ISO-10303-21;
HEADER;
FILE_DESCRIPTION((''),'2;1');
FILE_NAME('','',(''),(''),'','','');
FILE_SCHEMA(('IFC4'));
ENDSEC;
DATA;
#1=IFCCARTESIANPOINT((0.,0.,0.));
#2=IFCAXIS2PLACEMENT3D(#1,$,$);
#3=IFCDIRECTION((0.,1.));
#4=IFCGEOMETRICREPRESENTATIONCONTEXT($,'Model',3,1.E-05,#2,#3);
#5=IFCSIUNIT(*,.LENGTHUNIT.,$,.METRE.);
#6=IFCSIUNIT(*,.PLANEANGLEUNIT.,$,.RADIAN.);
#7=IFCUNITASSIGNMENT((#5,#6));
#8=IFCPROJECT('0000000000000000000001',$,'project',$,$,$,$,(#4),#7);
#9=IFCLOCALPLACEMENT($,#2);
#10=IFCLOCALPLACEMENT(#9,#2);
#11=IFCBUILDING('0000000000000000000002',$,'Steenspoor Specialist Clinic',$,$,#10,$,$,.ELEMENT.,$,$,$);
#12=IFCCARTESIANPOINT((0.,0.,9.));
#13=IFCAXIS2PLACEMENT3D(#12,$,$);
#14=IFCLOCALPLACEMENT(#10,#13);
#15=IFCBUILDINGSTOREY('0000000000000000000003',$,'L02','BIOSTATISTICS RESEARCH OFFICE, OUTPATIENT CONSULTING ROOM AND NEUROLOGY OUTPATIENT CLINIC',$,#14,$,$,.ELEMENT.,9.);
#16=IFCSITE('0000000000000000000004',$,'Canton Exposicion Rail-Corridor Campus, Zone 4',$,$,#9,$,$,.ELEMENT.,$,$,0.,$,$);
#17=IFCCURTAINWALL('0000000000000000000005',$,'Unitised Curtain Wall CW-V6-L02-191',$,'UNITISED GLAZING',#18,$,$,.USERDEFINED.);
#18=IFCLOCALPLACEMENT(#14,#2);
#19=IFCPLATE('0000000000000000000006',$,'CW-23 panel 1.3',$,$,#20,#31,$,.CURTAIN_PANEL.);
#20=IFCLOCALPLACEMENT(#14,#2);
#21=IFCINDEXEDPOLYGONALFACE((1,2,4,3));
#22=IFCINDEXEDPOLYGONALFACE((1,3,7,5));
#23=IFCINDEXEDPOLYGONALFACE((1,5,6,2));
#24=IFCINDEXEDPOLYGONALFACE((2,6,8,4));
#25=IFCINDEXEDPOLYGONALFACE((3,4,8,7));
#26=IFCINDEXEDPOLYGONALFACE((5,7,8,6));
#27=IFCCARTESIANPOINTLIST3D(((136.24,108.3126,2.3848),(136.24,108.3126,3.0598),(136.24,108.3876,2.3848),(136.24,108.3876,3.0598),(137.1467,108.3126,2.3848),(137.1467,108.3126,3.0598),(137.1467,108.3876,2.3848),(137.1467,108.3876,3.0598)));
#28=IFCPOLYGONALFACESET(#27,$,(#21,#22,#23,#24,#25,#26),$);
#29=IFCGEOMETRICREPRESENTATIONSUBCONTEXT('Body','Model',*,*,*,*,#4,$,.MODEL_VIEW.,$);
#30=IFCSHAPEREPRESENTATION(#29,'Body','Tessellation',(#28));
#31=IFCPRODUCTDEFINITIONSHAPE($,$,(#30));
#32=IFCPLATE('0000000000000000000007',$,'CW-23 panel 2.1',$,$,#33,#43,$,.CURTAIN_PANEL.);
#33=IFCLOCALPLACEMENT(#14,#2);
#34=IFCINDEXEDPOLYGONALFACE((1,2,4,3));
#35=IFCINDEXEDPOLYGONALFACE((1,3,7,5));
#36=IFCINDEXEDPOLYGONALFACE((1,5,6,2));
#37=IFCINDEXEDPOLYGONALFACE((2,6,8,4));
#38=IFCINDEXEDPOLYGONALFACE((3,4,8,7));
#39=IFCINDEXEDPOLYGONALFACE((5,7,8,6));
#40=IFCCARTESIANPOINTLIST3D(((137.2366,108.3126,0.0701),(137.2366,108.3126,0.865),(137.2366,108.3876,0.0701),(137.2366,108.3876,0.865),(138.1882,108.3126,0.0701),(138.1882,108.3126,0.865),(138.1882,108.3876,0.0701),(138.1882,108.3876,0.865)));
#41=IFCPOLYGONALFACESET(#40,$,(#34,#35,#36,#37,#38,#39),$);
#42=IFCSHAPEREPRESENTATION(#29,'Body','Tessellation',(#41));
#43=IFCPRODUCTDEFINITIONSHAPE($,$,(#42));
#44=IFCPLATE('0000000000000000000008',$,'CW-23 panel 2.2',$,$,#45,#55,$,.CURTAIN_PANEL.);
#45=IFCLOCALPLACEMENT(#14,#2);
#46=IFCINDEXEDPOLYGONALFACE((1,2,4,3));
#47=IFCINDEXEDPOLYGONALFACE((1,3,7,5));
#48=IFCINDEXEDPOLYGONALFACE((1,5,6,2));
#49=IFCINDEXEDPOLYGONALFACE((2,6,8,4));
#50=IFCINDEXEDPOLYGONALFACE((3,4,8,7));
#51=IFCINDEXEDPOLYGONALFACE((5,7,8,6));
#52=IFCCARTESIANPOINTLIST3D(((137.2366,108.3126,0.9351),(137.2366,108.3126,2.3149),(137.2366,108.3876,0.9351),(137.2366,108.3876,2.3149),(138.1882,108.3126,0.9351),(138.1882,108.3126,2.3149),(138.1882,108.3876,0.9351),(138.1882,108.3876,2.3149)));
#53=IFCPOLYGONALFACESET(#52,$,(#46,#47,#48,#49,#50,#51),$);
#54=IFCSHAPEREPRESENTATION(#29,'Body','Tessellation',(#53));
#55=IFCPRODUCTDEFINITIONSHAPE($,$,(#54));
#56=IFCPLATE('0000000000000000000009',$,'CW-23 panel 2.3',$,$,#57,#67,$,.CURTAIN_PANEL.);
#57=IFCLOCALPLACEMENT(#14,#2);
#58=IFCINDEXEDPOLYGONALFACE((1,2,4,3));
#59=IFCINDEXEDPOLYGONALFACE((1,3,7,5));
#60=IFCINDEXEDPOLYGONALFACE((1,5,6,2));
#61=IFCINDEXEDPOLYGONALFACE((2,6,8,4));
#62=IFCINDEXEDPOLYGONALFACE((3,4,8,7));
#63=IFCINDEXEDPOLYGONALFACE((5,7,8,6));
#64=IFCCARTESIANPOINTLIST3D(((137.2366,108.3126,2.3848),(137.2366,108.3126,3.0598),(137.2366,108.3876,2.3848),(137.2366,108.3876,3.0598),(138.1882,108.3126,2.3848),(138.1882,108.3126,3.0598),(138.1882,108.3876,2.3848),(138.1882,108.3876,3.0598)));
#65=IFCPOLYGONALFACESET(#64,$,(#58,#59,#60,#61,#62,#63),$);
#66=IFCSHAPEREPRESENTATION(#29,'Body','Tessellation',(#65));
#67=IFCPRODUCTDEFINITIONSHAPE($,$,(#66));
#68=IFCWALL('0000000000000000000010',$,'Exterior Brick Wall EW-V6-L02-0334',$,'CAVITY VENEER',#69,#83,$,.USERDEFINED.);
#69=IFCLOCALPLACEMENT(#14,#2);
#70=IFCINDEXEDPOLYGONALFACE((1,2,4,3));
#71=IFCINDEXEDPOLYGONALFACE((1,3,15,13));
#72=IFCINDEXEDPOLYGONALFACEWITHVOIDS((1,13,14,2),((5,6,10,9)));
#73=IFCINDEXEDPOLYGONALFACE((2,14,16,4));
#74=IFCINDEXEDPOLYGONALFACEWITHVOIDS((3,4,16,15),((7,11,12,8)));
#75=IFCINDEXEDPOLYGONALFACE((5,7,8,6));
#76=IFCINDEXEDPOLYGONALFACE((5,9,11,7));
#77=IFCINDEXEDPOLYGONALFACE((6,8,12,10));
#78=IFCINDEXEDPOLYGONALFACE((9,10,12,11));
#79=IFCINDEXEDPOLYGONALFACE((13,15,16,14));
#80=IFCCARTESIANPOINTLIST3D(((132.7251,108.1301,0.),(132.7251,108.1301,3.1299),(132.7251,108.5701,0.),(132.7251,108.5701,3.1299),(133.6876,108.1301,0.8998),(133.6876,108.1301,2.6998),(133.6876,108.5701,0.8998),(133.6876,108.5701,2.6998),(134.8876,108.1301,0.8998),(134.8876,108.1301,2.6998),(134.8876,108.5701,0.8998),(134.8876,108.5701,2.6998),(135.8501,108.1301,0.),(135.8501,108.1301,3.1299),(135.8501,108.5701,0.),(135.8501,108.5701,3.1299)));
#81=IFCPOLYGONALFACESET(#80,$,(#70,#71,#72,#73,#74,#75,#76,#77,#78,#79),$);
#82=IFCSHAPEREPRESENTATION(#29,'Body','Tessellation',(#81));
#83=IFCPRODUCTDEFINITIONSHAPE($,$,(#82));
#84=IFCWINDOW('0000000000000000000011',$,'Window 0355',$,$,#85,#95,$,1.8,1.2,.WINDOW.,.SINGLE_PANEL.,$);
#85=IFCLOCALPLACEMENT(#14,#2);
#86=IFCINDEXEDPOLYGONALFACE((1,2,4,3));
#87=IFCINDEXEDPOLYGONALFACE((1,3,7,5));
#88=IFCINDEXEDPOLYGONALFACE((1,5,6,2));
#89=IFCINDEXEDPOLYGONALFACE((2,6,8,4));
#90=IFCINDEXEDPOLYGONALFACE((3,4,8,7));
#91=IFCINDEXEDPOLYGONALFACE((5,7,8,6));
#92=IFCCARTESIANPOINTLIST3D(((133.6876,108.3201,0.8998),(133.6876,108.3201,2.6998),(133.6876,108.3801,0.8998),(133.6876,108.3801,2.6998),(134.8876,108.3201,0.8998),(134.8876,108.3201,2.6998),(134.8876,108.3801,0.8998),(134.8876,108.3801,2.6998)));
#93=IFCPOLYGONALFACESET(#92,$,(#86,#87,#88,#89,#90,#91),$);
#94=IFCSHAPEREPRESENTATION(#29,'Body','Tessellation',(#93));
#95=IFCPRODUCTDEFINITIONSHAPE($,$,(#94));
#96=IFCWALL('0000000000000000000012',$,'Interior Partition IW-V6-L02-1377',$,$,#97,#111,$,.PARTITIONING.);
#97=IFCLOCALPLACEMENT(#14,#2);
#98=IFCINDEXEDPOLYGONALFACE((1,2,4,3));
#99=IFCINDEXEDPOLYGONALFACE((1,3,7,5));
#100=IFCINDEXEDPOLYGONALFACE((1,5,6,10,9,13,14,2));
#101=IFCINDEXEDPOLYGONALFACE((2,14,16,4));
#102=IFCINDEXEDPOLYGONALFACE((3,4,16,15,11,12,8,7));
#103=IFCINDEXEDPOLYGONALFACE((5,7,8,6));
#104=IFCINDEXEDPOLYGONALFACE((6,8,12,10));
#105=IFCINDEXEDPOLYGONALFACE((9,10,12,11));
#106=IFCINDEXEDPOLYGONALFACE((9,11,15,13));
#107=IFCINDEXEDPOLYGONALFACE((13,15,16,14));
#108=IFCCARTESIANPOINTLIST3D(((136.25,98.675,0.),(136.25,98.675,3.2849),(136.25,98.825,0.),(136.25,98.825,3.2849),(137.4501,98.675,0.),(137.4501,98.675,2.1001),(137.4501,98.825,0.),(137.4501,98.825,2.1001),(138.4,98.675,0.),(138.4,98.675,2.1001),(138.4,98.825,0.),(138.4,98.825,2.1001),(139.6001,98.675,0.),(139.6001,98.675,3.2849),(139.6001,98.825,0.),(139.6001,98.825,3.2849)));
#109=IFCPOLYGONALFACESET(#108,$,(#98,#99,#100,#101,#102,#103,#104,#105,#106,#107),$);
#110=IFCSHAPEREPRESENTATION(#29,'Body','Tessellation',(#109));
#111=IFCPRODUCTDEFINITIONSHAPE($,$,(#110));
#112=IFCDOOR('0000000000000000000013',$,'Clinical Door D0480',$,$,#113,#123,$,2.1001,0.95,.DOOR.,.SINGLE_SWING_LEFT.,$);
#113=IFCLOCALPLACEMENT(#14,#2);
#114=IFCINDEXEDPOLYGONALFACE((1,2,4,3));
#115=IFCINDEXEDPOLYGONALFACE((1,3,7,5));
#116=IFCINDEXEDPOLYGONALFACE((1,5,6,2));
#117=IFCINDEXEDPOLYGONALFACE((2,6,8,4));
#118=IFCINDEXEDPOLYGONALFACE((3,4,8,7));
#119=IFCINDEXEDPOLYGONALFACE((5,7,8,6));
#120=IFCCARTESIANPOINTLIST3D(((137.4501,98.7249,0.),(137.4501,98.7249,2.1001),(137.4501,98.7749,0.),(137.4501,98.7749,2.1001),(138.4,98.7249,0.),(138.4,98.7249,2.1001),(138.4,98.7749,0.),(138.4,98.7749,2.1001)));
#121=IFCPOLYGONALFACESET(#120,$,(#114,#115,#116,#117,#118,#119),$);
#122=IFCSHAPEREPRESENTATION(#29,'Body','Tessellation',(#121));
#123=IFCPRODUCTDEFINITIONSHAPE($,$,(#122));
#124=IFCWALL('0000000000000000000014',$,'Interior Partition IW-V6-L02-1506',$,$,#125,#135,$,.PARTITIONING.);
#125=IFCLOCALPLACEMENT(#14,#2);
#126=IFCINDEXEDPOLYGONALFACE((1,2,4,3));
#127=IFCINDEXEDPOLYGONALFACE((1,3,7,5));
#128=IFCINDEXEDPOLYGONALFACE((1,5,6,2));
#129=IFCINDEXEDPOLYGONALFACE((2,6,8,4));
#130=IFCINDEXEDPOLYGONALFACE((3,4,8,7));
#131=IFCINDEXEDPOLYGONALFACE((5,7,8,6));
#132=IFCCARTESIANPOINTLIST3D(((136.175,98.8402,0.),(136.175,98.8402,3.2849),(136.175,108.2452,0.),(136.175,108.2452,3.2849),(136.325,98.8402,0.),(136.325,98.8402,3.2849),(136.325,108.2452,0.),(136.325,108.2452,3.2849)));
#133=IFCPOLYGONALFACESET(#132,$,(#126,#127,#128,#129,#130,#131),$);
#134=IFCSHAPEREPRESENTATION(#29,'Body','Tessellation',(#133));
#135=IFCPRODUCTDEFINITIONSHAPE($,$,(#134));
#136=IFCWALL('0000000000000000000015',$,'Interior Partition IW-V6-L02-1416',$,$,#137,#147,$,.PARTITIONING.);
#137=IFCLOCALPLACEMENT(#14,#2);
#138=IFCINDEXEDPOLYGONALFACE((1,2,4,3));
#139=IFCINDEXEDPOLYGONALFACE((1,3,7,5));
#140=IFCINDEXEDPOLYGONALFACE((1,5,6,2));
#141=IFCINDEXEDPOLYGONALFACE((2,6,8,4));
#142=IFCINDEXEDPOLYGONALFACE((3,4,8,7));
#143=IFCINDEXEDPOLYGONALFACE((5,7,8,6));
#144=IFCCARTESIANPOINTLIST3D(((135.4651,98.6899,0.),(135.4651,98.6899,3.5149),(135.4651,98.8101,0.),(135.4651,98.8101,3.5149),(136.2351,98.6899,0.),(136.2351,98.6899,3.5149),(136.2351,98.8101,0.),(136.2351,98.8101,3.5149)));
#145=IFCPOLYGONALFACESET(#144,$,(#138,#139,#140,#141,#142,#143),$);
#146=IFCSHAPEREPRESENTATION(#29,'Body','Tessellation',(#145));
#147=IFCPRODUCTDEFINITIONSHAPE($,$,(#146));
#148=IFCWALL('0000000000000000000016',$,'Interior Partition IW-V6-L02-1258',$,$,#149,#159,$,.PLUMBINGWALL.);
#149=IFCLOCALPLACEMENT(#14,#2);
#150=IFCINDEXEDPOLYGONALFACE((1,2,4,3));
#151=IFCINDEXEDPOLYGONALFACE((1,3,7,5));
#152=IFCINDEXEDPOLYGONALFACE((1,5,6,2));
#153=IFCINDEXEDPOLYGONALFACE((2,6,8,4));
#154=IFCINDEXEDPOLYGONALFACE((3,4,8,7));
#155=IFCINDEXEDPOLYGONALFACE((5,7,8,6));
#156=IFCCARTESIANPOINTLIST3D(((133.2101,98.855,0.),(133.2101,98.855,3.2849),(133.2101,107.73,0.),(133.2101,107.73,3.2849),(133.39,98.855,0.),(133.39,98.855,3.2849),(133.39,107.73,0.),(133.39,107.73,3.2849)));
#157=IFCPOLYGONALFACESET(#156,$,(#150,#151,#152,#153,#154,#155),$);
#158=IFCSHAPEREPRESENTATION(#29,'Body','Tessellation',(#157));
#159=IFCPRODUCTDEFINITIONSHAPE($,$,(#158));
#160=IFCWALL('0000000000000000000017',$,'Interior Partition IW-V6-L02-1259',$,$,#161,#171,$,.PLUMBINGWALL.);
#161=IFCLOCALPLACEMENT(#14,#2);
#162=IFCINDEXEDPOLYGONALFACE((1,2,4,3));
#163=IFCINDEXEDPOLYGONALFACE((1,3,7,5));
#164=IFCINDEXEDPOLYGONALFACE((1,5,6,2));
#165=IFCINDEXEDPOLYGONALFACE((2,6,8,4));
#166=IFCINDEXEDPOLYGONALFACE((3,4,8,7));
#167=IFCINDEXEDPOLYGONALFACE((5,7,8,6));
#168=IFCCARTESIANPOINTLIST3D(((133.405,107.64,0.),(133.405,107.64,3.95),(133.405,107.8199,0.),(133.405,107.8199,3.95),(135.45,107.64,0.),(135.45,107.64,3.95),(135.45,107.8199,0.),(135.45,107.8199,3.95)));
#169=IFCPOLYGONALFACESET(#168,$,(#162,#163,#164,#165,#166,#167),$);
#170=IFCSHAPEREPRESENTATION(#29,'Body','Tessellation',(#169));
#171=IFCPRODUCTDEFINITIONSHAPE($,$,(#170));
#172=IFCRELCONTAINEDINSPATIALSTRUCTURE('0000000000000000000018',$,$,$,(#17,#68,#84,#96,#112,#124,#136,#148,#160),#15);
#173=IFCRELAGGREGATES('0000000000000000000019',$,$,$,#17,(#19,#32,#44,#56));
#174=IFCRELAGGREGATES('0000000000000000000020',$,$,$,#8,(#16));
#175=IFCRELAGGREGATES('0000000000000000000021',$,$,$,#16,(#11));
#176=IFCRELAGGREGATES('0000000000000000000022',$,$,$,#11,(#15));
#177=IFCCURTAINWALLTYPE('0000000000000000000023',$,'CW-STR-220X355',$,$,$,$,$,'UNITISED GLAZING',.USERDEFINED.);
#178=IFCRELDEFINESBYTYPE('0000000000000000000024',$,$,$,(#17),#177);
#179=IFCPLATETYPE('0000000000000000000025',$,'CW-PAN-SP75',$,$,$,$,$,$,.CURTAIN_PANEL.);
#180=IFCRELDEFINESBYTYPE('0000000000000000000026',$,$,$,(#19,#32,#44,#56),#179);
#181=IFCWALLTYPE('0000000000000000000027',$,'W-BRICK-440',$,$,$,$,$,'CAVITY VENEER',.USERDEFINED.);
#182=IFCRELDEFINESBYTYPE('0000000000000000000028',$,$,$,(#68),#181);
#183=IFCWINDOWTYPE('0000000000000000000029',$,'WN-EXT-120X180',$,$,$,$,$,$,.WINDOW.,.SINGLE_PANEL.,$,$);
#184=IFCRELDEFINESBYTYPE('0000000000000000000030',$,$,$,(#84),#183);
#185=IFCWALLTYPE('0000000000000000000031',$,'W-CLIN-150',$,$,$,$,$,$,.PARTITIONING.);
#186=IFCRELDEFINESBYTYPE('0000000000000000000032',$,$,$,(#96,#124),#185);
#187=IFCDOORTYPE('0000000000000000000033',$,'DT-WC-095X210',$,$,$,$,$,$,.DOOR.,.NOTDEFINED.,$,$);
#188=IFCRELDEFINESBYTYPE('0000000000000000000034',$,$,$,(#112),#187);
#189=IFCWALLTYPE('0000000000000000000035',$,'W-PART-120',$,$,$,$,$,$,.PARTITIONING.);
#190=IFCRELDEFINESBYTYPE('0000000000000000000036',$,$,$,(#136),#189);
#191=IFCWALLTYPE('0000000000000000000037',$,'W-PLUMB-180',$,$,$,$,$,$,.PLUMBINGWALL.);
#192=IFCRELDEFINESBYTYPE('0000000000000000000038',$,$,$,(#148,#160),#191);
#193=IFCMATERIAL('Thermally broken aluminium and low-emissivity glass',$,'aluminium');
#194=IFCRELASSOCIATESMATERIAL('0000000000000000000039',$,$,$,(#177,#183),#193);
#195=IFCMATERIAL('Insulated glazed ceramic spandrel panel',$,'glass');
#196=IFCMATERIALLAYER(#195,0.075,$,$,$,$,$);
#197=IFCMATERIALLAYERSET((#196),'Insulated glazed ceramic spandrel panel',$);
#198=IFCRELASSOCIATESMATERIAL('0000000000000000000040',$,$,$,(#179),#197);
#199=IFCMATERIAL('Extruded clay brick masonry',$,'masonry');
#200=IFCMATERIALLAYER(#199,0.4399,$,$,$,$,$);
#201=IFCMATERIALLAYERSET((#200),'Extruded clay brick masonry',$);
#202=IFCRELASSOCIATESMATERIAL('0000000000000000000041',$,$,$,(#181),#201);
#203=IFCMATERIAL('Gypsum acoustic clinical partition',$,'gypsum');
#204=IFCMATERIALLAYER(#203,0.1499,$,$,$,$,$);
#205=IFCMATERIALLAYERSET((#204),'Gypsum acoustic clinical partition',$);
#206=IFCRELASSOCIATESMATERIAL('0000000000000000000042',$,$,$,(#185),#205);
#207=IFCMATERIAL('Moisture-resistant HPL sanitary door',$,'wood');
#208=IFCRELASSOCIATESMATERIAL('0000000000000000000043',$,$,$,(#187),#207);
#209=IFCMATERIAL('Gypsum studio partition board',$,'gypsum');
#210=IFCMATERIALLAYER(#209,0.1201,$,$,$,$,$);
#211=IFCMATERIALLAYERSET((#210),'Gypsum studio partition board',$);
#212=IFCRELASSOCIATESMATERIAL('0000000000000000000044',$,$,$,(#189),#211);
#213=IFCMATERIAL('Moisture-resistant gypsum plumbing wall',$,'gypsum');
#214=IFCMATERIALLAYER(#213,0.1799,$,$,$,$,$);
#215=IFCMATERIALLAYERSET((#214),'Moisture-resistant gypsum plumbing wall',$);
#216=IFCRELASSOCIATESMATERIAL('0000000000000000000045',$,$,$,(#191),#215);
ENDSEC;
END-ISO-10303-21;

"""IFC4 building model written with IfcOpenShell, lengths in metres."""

from ifc_helpers import new_model, si_unit, direction, frame, frame_2d, origin, origin_2d, place, context, subcontext, project, spatial, rectangle, extrude, material, layer, layer_set, type_object, element, fill, aggregate, save


model = new_model("IFC4")

# Units and contexts
model_context = context("Model", 3, precision=1e-05, world=origin(), true_north=direction((0.0, 1.0)))
body_context = subcontext(model_context, "Body", "Model", "MODEL_VIEW")
ifc_project = project(units=[si_unit("LENGTHUNIT", "METRE"), si_unit("PLANEANGLEUNIT", "RADIAN")], contexts=[model_context])

# Site, building, storey
site_placement = place(None, origin())
site = spatial("IfcSite", under=ifc_project, at=site_placement, Name="Canton Exposicion Rail-Corridor Campus, Zone 4", CompositionType="ELEMENT", RefElevation=0.0)
building_placement = place(site_placement, origin())
building = spatial("IfcBuilding", under=site, at=building_placement, Name="Steenspoor Specialist Clinic", CompositionType="ELEMENT")
storey_placement = place(building_placement, frame((0.0, 0.0, 9.0)))
storey = spatial("IfcBuildingStorey", under=building, at=storey_placement, Name="L02", Description="BIOSTATISTICS RESEARCH OFFICE, OUTPATIENT CONSULTING ROOM AND NEUROLOGY OUTPATIENT CLINIC", CompositionType="ELEMENT", Elevation=9.0)

# Curtain wall, plates
ifc_material_1 = material(Name="Thermally broken aluminium and low-emissivity glass", Category="aluminium")
curtain_wall_type = type_object("IfcCurtainWallType", Name="CW-STR-220X355", ElementType="UNITISED GLAZING", PredefinedType="USERDEFINED", material=ifc_material_1)
curtain_wall_placement = place(storey_placement, origin())
curtain_wall = element("IfcCurtainWall", 1, at=curtain_wall_placement, inside=storey, type_object=curtain_wall_type, Name="Unitised Curtain Wall CW-V6-L02-191", ObjectType="UNITISED GLAZING", PredefinedType="USERDEFINED")
ifc_material_2 = material(Name="Insulated glazed ceramic spandrel panel", Category="glass")
ifc_layer_1 = layer(ifc_material_2, 0.075)
ifc_layer_set_1 = layer_set([ifc_layer_1], Name="Insulated glazed ceramic spandrel panel")
plate_type = type_object("IfcPlateType", Name="CW-PAN-SP75", PredefinedType="CURTAIN_PANEL", material=ifc_layer_set_1)
plate_1_placement = place(storey_placement, frame((136.6934, 108.3501, 2.3848), z_axis=(0.0, 0.0, 1.0), x_axis=(1.0, 0.0, 0.0)))
plate_1 = element("IfcPlate", 2, at=plate_1_placement, type_object=plate_type, Name="CW-23 panel 1.3", PredefinedType="CURTAIN_PANEL", context=body_context, shape_type="SweptSolid", body=[
    extrude(rectangle(XDim=0.9067, YDim=0.075, at=origin_2d()), origin(), (0.0, 0.0, 1.0), 0.675),
])
plate_2_placement = place(storey_placement, frame((137.7124, 108.3501, 0.0701), z_axis=(0.0, 0.0, 1.0), x_axis=(1.0, 0.0, 0.0)))
plate_2 = element("IfcPlate", 3, at=plate_2_placement, type_object=plate_type, Name="CW-23 panel 2.1", PredefinedType="CURTAIN_PANEL", context=body_context, shape_type="SweptSolid", body=[
    extrude(rectangle(XDim=0.9517, YDim=0.075, at=origin_2d()), origin(), (0.0, 0.0, 1.0), 0.7949),
])
plate_3_placement = place(storey_placement, frame((137.7124, 108.3501, 0.9351), z_axis=(0.0, 0.0, 1.0), x_axis=(1.0, 0.0, 0.0)))
plate_3 = element("IfcPlate", 4, at=plate_3_placement, type_object=plate_type, Name="CW-23 panel 2.2", PredefinedType="CURTAIN_PANEL", context=body_context, shape_type="SweptSolid", body=[
    extrude(rectangle(XDim=0.9517, YDim=0.075, at=origin_2d()), origin(), (0.0, 0.0, 1.0), 1.3799),
])
plate_4_placement = place(storey_placement, frame((137.7124, 108.3501, 2.3848), z_axis=(0.0, 0.0, 1.0), x_axis=(1.0, 0.0, 0.0)))
plate_4 = element("IfcPlate", 5, at=plate_4_placement, type_object=plate_type, Name="CW-23 panel 2.3", PredefinedType="CURTAIN_PANEL", context=body_context, shape_type="SweptSolid", body=[
    extrude(rectangle(XDim=0.9517, YDim=0.075, at=origin_2d()), origin(), (0.0, 0.0, 1.0), 0.675),
])
aggregate(curtain_wall, [plate_1, plate_2, plate_3, plate_4])

# Wall, opening, window
ifc_material_3 = material(Name="Extruded clay brick masonry", Category="masonry")
ifc_layer_2 = layer(ifc_material_3, 0.4399)
ifc_layer_set_2 = layer_set([ifc_layer_2], Name="Extruded clay brick masonry")
wall_type_1 = type_object("IfcWallType", Name="W-BRICK-440", ElementType="CAVITY VENEER", PredefinedType="USERDEFINED", material=ifc_layer_set_2)
wall_1_placement = place(storey_placement, frame((132.7251, 108.3501, 0.0), z_axis=(0.0, 0.0, 1.0), x_axis=(1.0, 0.0, 0.0)))
wall_1 = element("IfcWall", 6, at=wall_1_placement, inside=storey, type_object=wall_type_1, Name="Exterior Brick Wall EW-V6-L02-0334", ObjectType="CAVITY VENEER", PredefinedType="USERDEFINED", context=body_context, shape_type="SweptSolid", body=[
    extrude(rectangle(XDim=3.125, YDim=0.4399, at=frame_2d((1.5625, 0.0))), origin(), (0.0, 0.0, 1.0), 3.1299),
])
opening_1_placement = place(wall_1_placement, frame((0.9624, 0.0, 0.8999)))
opening_1 = element("IfcOpeningElement", 7, at=opening_1_placement, cuts=wall_1, PredefinedType="OPENING", context=body_context, shape_type="SweptSolid", body=[
    extrude(rectangle(XDim=1.2, YDim=1.8, at=frame_2d((0.6001, 0.8999))), frame((0.0, 0.23, 0.0), z_axis=(0.0, -1.0, 0.0), x_axis=(1.0, 0.0, 0.0)), (0.0, 0.0, 1.0), 0.46),
])
window_type = type_object("IfcWindowType", Name="WN-EXT-120X180", PartitioningType="SINGLE_PANEL", PredefinedType="WINDOW", material=ifc_material_1)
window_placement = place(opening_1_placement, origin())
window = element("IfcWindow", 8, at=window_placement, inside=storey, type_object=window_type, Name="Window 0355", OverallHeight=1.8, OverallWidth=1.2, PartitioningType="SINGLE_PANEL", PredefinedType="WINDOW", context=body_context, shape_type="SweptSolid", body=[
    extrude(rectangle(XDim=1.2, YDim=1.8, at=frame_2d((0.6001, 0.8999))), frame((0.0, 0.03, 0.0), z_axis=(0.0, -1.0, 0.0), x_axis=(1.0, 0.0, 0.0)), (0.0, 0.0, 1.0), 0.0601),
])
fill(opening_1, window)

# Wall, opening, door
ifc_material_4 = material(Name="Gypsum acoustic clinical partition", Category="gypsum")
ifc_layer_3 = layer(ifc_material_4, 0.1499)
ifc_layer_set_3 = layer_set([ifc_layer_3], Name="Gypsum acoustic clinical partition")
wall_type_2 = type_object("IfcWallType", Name="W-CLIN-150", PredefinedType="PARTITIONING", material=ifc_layer_set_3)
wall_2_placement = place(storey_placement, frame((136.25, 98.75, 0.0), z_axis=(0.0, 0.0, 1.0), x_axis=(1.0, 0.0, 0.0)))
wall_2 = element("IfcWall", 9, at=wall_2_placement, inside=storey, type_object=wall_type_2, Name="Interior Partition IW-V6-L02-1377", PredefinedType="PARTITIONING", context=body_context, shape_type="SweptSolid", body=[
    extrude(rectangle(XDim=3.3501, YDim=0.1499, at=frame_2d((1.675, 0.0))), origin(), (0.0, 0.0, 1.0), 3.2849),
])
opening_2_placement = place(wall_2_placement, frame((1.2, 0.0, 0.0)))
opening_2 = element("IfcOpeningElement", 10, at=opening_2_placement, cuts=wall_2, PredefinedType="OPENING", context=body_context, shape_type="SweptSolid", body=[
    extrude(rectangle(XDim=0.95, YDim=2.1001, at=frame_2d((0.4751, 1.05))), frame((0.0, 0.085, 0.0), z_axis=(0.0, -1.0, 0.0), x_axis=(1.0, 0.0, 0.0)), (0.0, 0.0, 1.0), 0.1699),
])
ifc_material_5 = material(Name="Moisture-resistant HPL sanitary door", Category="wood")
door_type_1 = type_object("IfcDoorType", Name="DT-WC-095X210", OperationType="NOTDEFINED", PredefinedType="DOOR", material=ifc_material_5)
door_1_placement = place(opening_2_placement, origin())
door_1 = element("IfcDoor", 11, at=door_1_placement, inside=storey, type_object=door_type_1, Name="Clinical Door D0480", OperationType="SINGLE_SWING_LEFT", OverallHeight=2.1001, OverallWidth=0.95, PredefinedType="DOOR", context=body_context, shape_type="SweptSolid", body=[
    extrude(rectangle(XDim=0.95, YDim=2.1001, at=frame_2d((0.4751, 1.05))), frame((0.0, 0.0249, 0.0), z_axis=(0.0, -1.0, 0.0), x_axis=(1.0, 0.0, 0.0)), (0.0, 0.0, 1.0), 0.05),
])
fill(opening_2, door_1)

# Walls
wall_3_placement = place(storey_placement, frame((136.25, 98.8401, 0.0), z_axis=(0.0, 0.0, 1.0), x_axis=(0.0, 1.0, 0.0)))
element("IfcWall", 12, at=wall_3_placement, inside=storey, type_object=wall_type_2, Name="Interior Partition IW-V6-L02-1506", PredefinedType="PARTITIONING", context=body_context, shape_type="SweptSolid", body=[
    extrude(rectangle(XDim=9.405, YDim=0.1499, at=frame_2d((4.7026, 0.0))), origin(), (0.0, 0.0, 1.0), 3.2849),
])
ifc_material_6 = material(Name="Gypsum studio partition board", Category="gypsum")
ifc_layer_4 = layer(ifc_material_6, 0.1201)
ifc_layer_set_4 = layer_set([ifc_layer_4], Name="Gypsum studio partition board")
wall_type_3 = type_object("IfcWallType", Name="W-PART-120", PredefinedType="PARTITIONING", material=ifc_layer_set_4)
wall_4_placement = place(storey_placement, frame((135.4651, 98.75, 0.0), z_axis=(0.0, 0.0, 1.0), x_axis=(1.0, 0.0, 0.0)))
element("IfcWall", 13, at=wall_4_placement, inside=storey, type_object=wall_type_3, Name="Interior Partition IW-V6-L02-1416", PredefinedType="PARTITIONING", context=body_context, shape_type="SweptSolid", body=[
    extrude(rectangle(XDim=0.77, YDim=0.1201, at=frame_2d((0.385, 0.0))), origin(), (0.0, 0.0, 1.0), 3.5149),
])

# Shared definitions
ifc_material_7 = material(Name="Moisture-resistant gypsum plumbing wall", Category="gypsum")
ifc_layer_5 = layer(ifc_material_7, 0.1799)
ifc_layer_set_5 = layer_set([ifc_layer_5], Name="Moisture-resistant gypsum plumbing wall")
wall_type_4 = type_object("IfcWallType", Name="W-PLUMB-180", PredefinedType="PLUMBINGWALL", material=ifc_layer_set_5)

# Walls
wall_5_placement = place(storey_placement, frame((133.3, 98.855, 0.0), z_axis=(0.0, 0.0, 1.0), x_axis=(0.0, 1.0, 0.0)))
element("IfcWall", 14, at=wall_5_placement, inside=storey, type_object=wall_type_4, Name="Interior Partition IW-V6-L02-1258", PredefinedType="PLUMBINGWALL", context=body_context, shape_type="SweptSolid", body=[
    extrude(rectangle(XDim=8.875, YDim=0.1799, at=frame_2d((4.4375, 0.0))), origin(), (0.0, 0.0, 1.0), 3.2849),
])
wall_6_placement = place(storey_placement, frame((133.405, 107.73, 0.0), z_axis=(0.0, 0.0, 1.0), x_axis=(1.0, 0.0, 0.0)))
element("IfcWall", 15, at=wall_6_placement, inside=storey, type_object=wall_type_4, Name="Interior Partition IW-V6-L02-1259", PredefinedType="PLUMBINGWALL", context=body_context, shape_type="SweptSolid", body=[
    extrude(rectangle(XDim=2.0449, YDim=0.1799, at=frame_2d((1.0225, 0.0))), origin(), (0.0, 0.0, 1.0), 3.95),
])

save(model, "model.ifc")
